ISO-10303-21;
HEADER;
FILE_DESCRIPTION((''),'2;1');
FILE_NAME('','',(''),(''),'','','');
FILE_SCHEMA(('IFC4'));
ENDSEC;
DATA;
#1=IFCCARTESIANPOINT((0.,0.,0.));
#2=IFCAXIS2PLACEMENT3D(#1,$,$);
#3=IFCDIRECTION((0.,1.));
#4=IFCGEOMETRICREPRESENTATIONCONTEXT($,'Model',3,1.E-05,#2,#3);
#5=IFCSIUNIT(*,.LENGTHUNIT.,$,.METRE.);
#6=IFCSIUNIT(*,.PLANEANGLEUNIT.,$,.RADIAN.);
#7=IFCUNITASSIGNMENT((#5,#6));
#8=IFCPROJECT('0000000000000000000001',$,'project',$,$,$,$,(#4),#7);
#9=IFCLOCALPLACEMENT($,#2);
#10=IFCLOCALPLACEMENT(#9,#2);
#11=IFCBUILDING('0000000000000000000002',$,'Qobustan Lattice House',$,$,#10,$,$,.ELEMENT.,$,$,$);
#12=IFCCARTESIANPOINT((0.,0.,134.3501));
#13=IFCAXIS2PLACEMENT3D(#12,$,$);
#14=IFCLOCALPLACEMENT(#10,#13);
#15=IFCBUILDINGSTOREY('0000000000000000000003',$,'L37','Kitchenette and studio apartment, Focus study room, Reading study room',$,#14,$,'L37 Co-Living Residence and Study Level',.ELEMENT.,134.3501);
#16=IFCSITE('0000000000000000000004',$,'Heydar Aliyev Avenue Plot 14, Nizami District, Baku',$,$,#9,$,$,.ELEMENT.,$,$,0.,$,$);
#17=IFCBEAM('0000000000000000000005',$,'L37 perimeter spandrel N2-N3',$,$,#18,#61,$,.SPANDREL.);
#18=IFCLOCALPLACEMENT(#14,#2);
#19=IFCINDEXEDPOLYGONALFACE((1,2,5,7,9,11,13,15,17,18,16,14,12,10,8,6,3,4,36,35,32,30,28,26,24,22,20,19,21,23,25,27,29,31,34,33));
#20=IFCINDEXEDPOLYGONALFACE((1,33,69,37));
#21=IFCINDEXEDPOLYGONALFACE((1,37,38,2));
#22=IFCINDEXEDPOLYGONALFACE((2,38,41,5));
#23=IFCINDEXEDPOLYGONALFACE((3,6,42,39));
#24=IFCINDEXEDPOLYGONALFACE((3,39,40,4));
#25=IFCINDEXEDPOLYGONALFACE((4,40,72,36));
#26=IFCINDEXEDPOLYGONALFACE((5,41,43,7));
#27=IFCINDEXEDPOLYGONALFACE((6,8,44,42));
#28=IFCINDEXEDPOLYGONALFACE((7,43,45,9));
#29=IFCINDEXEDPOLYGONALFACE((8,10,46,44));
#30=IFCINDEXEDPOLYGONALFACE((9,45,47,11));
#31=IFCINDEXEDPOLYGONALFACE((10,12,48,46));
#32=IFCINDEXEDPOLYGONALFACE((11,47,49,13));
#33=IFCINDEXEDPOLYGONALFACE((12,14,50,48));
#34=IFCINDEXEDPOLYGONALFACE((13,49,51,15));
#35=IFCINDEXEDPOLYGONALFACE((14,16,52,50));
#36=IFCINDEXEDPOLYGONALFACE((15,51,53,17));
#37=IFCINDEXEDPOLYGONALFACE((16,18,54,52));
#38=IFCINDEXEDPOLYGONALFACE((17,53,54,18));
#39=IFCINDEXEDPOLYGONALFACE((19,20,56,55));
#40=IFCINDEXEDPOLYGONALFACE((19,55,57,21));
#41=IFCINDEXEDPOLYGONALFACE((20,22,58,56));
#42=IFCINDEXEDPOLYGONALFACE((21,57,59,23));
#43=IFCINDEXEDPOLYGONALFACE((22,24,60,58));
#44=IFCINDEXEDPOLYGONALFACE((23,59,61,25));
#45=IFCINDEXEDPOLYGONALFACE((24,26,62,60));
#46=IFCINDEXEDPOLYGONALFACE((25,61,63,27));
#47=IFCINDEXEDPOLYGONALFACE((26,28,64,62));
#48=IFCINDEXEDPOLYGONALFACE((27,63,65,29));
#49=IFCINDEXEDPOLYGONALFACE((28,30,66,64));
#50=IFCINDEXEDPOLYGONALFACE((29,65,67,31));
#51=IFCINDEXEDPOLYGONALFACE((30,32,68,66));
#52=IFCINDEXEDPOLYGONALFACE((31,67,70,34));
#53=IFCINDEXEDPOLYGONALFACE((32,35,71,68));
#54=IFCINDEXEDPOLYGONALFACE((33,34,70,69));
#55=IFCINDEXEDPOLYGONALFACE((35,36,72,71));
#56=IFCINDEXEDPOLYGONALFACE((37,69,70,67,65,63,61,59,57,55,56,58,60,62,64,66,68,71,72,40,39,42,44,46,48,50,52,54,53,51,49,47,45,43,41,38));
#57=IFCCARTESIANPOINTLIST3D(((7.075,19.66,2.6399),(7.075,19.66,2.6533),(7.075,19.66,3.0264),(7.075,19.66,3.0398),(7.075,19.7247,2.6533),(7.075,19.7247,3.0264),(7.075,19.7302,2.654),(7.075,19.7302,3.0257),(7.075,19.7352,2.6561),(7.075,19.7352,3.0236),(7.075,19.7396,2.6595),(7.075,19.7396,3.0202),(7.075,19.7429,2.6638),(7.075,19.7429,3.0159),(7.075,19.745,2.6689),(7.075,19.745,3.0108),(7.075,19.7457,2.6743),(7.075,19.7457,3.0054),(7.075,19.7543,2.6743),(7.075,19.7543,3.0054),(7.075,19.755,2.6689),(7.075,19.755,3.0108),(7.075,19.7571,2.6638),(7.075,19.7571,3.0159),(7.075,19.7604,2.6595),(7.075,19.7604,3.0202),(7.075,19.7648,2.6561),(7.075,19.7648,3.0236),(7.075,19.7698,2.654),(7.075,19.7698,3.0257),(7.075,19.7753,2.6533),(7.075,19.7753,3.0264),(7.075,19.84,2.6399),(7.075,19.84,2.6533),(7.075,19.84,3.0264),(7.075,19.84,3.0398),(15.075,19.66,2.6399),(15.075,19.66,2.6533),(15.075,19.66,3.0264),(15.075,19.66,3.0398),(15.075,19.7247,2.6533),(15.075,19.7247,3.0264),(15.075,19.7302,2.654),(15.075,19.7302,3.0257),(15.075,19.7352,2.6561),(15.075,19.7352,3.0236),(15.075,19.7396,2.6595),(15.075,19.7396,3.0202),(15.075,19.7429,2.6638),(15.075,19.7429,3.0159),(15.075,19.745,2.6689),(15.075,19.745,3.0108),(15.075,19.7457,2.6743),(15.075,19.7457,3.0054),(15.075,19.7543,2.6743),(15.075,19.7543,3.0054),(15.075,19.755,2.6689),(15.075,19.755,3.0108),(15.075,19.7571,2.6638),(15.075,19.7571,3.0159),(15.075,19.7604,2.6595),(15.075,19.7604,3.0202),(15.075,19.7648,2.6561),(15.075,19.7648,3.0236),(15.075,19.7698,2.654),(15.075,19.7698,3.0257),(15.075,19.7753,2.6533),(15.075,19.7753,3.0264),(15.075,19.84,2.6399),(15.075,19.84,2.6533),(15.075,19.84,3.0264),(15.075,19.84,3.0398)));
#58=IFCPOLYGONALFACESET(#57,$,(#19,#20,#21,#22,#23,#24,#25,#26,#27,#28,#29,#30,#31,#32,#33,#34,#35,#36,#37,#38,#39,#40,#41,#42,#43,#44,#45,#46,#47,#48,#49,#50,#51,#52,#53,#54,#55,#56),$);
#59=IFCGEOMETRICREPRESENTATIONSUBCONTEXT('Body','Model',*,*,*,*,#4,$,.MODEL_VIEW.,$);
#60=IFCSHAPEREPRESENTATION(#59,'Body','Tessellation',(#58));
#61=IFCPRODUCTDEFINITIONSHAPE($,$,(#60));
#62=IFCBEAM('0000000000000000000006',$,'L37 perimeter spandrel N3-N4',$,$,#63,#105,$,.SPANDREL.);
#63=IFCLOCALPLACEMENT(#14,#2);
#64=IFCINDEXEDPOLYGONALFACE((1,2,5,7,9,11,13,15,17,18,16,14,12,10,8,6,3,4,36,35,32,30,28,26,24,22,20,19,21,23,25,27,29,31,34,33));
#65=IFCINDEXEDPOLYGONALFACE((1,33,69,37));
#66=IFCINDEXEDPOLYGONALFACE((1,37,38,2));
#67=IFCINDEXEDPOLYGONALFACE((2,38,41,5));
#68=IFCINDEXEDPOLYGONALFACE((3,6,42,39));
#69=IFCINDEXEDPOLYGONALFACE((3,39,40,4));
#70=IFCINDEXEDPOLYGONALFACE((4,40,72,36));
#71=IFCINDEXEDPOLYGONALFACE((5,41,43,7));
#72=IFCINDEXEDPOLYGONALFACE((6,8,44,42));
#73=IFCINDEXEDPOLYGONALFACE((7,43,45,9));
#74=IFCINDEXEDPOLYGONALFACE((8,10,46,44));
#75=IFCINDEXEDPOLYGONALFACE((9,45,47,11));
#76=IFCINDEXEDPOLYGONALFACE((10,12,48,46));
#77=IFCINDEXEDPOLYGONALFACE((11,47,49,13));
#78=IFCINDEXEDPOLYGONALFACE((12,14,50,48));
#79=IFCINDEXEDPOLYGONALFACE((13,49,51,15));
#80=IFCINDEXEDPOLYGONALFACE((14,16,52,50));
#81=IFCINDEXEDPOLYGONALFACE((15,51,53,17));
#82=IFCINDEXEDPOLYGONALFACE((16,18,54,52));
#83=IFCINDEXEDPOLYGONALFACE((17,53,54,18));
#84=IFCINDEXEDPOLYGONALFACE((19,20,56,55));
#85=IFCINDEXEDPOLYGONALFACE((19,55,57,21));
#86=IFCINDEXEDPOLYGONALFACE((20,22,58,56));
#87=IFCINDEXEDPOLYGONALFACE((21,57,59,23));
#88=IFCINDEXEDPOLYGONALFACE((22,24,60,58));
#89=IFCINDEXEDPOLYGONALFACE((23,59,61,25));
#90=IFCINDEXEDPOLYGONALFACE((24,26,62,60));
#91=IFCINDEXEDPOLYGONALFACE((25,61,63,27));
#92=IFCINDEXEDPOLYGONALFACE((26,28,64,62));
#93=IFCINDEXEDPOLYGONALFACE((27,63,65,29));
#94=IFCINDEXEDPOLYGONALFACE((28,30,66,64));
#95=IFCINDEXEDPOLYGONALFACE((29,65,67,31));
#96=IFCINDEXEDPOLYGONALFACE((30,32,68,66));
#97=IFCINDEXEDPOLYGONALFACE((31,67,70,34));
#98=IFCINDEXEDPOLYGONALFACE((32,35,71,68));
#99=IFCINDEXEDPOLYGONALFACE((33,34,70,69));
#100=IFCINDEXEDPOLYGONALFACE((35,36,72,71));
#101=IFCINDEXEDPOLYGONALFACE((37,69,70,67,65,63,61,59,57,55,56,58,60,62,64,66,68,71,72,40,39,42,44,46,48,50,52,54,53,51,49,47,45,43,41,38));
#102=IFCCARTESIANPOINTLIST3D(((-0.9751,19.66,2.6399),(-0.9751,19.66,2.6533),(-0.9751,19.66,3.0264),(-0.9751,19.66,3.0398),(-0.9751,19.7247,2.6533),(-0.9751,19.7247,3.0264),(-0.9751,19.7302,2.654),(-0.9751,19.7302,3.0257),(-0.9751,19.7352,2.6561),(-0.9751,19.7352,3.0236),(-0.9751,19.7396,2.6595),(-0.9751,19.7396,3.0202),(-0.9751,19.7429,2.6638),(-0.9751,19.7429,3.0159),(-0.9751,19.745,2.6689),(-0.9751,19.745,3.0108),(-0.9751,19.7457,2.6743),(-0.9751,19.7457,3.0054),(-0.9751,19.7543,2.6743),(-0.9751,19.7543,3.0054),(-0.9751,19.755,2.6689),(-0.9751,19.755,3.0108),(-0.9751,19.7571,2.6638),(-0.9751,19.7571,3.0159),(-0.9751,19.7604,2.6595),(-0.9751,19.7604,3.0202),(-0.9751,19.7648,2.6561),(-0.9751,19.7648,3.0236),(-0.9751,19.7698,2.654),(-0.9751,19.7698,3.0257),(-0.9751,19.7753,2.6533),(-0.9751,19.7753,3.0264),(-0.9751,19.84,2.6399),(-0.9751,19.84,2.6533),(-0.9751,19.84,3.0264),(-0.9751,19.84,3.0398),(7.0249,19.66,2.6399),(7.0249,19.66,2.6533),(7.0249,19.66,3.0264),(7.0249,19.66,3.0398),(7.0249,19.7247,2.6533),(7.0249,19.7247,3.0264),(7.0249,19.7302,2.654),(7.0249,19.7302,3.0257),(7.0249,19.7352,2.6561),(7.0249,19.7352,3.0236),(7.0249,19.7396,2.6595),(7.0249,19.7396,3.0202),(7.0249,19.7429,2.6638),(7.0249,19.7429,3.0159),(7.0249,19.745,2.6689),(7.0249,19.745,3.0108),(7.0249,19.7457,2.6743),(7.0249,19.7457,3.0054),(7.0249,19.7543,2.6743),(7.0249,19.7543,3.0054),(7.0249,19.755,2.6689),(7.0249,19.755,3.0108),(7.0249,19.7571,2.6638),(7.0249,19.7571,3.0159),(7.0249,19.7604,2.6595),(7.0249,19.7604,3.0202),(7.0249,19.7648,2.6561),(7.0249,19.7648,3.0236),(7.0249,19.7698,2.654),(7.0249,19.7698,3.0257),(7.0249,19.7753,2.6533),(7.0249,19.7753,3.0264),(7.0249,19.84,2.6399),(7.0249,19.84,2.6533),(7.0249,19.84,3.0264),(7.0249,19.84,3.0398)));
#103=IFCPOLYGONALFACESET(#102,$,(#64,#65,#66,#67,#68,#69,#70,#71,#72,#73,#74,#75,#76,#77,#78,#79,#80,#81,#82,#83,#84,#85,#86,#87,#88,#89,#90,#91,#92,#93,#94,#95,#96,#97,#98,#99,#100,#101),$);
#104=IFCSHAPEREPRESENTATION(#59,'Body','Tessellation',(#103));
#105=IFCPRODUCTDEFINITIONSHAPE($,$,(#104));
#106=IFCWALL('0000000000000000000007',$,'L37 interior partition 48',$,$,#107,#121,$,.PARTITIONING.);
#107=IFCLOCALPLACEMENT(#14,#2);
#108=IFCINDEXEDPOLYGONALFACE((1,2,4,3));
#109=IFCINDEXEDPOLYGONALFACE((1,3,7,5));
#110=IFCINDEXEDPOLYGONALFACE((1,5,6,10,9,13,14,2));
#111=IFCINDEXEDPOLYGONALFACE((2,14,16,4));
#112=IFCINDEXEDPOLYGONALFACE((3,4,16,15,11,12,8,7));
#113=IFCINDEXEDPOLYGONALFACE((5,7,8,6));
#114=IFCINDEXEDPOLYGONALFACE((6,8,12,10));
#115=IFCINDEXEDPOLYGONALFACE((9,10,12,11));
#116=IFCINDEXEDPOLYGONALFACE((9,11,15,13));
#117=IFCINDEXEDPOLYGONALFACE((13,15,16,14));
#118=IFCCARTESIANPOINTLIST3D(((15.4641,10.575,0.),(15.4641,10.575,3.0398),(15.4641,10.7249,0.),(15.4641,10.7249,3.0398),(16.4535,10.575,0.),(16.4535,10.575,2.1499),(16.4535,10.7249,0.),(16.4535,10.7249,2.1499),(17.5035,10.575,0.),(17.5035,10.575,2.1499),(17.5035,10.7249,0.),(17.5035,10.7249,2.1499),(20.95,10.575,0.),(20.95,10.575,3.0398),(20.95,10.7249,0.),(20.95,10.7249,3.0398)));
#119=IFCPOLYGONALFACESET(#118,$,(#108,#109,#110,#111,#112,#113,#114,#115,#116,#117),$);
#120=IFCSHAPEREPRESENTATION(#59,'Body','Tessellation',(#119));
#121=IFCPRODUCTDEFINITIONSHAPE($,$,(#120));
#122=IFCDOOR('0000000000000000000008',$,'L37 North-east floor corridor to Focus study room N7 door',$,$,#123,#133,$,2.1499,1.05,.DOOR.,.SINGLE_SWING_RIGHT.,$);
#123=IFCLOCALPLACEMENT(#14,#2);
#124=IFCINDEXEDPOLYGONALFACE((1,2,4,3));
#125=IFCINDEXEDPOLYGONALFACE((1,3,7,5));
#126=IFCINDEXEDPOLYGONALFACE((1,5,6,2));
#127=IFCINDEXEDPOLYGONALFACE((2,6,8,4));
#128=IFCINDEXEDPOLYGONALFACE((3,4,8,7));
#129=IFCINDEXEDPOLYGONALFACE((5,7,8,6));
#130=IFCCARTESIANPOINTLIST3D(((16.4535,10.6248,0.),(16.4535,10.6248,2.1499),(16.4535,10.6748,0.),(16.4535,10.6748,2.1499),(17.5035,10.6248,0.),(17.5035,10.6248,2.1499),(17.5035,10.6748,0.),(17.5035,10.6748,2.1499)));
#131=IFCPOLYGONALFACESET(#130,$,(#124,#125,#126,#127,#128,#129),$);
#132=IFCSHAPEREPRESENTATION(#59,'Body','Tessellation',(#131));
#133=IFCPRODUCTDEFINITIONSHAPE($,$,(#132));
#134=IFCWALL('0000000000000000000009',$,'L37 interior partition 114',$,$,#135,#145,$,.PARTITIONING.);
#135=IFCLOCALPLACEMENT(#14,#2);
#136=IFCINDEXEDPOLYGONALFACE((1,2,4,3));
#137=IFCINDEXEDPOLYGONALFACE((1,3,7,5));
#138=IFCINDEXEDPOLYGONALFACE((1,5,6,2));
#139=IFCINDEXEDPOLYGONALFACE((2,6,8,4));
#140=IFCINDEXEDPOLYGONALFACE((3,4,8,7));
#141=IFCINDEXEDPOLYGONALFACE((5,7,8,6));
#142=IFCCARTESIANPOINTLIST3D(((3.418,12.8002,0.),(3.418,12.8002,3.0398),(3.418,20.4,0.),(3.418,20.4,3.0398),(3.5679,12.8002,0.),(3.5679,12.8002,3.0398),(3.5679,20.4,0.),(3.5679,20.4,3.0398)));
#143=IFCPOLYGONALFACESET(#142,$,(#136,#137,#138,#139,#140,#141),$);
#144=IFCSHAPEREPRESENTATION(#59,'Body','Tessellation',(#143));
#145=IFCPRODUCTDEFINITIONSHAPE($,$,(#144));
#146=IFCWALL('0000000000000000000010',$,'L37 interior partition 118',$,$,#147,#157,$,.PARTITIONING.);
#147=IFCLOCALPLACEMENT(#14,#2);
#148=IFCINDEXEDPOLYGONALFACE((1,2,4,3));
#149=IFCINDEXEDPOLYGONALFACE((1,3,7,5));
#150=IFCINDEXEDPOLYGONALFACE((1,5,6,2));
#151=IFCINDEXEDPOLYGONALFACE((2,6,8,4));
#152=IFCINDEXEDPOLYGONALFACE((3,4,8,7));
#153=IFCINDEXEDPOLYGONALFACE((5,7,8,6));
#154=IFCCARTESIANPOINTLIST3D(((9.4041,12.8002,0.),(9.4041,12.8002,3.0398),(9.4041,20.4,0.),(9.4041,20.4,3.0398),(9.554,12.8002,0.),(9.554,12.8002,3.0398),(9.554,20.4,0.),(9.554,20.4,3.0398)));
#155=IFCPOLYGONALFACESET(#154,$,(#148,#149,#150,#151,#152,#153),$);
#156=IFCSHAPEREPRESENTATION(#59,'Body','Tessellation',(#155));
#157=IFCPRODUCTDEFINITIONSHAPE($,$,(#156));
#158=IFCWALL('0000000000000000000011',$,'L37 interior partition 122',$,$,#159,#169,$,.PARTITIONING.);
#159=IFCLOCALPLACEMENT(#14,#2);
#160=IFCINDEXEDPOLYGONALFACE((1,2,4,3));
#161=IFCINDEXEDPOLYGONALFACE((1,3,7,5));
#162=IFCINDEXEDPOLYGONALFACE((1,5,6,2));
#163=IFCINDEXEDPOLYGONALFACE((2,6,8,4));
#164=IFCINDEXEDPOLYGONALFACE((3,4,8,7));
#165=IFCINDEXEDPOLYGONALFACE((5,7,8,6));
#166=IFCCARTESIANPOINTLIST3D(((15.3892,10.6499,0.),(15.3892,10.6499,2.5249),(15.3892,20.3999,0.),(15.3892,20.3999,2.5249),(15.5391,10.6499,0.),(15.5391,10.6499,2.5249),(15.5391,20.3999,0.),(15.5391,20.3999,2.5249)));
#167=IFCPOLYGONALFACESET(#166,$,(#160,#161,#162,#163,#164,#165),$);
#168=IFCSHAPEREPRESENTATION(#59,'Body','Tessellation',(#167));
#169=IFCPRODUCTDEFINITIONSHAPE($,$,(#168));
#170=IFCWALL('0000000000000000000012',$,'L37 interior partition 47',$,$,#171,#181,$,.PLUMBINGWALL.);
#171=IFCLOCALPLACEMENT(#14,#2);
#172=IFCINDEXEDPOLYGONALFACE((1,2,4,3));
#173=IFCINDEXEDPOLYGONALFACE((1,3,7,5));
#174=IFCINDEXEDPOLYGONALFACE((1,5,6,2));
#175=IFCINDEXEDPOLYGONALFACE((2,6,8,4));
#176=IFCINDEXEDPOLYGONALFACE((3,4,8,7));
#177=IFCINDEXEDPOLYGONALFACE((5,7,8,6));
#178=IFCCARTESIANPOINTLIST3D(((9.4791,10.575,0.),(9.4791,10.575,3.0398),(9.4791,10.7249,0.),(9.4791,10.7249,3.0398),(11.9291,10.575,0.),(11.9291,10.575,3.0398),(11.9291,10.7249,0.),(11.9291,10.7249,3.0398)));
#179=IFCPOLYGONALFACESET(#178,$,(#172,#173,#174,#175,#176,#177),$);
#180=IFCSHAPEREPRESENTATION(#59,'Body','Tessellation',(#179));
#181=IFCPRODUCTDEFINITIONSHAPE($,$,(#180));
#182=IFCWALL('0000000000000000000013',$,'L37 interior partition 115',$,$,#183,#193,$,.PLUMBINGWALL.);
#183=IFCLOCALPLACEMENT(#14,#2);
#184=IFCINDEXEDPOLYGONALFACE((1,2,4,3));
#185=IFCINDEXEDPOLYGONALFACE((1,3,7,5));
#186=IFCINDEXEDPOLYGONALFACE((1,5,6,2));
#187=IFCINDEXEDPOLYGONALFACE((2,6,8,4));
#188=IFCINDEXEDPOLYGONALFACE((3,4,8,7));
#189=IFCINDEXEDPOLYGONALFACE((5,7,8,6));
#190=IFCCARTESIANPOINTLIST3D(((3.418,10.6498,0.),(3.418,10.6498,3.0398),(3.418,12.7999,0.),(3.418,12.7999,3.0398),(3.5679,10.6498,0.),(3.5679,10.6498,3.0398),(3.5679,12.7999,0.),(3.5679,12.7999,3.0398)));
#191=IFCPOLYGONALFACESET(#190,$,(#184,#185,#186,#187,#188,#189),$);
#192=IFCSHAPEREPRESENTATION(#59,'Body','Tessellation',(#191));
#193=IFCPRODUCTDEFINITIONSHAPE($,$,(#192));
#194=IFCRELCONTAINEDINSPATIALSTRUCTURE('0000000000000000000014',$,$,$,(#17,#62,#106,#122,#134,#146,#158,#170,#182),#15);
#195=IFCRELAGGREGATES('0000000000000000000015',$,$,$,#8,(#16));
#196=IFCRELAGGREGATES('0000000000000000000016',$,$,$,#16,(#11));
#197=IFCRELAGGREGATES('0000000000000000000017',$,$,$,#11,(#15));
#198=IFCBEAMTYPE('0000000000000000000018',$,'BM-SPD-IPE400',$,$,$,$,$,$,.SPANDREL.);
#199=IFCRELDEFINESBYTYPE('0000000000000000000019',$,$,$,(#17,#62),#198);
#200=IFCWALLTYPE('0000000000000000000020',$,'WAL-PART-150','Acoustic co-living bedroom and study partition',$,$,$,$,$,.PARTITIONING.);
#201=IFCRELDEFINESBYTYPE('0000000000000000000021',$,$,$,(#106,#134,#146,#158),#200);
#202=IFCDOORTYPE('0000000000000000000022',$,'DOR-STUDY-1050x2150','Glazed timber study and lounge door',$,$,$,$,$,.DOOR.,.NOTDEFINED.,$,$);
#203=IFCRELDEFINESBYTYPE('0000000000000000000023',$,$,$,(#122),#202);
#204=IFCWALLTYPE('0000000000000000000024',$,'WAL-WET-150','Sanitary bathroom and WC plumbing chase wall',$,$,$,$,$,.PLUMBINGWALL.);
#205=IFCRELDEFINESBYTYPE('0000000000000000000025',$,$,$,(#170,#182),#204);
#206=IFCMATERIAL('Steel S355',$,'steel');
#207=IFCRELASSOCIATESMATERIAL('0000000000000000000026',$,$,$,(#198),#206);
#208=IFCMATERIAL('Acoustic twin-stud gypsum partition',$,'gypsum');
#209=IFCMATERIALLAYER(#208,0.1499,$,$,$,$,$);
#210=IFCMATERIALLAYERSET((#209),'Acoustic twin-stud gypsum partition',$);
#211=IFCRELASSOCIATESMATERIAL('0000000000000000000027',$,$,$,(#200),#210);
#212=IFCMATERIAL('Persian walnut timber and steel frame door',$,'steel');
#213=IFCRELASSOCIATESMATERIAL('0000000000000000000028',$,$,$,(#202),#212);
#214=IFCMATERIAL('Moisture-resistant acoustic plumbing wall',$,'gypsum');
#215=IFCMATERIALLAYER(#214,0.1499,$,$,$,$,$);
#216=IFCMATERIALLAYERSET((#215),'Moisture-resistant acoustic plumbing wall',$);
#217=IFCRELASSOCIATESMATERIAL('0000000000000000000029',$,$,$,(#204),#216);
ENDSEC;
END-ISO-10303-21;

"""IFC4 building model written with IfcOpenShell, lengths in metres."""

from ifc_helpers import new_model, si_unit, direction, frame, frame_2d, origin, origin_2d, place, context, subcontext, project, spatial, rectangle, i_section, extrude, material, layer, layer_set, material_profile, profile_set, type_object, element, fill, save


model = new_model("IFC4")

# Units and contexts
model_context = context("Model", 3, precision=1e-05, world=origin(), true_north=direction((0.0, 1.0)))
body_context = subcontext(model_context, "Body", "Model", "MODEL_VIEW")
ifc_project = project(units=[si_unit("LENGTHUNIT", "METRE"), si_unit("PLANEANGLEUNIT", "RADIAN")], contexts=[model_context])

# Site, building, storey
site_placement = place(None, origin())
site = spatial("IfcSite", under=ifc_project, at=site_placement, Name="Heydar Aliyev Avenue Plot 14, Nizami District, Baku", CompositionType="ELEMENT", RefElevation=0.0)
building_placement = place(site_placement, origin())
building = spatial("IfcBuilding", under=site, at=building_placement, Name="Qobustan Lattice House", CompositionType="ELEMENT")
storey_placement = place(building_placement, frame((0.0, 0.0, 134.3501)))
storey = spatial("IfcBuildingStorey", under=building, at=storey_placement, Name="L37", Description="Kitchenette and studio apartment, Focus study room, Reading study room", LongName="L37 Co-Living Residence and Study Level", CompositionType="ELEMENT", Elevation=134.3501)

# Beams
ifc_material_1 = material(Name="Steel S355", Category="steel")
ifc_material_profile_1 = material_profile(ifc_material_1, i_section(OverallWidth=0.1799, OverallDepth=0.3999, WebThickness=0.0085, FlangeThickness=0.0134, FilletRadius=0.021, at=origin_2d()), Name="IPE400")
ifc_profile_set_1 = profile_set([ifc_material_profile_1], Name="Steel S355")
beam_type_1 = type_object("IfcBeamType", Name="BM-SPD-IPE400", PredefinedType="SPANDREL", material=ifc_profile_set_1)
for number, where, z_axis, x_axis, name in (
    (1, (15.075, 19.75, 2.8398), (-1.0, 0.0, 0.0), (0.0, -1.0, 0.0), "L37 perimeter spandrel N2-N3"),
    (2, (7.0249, 19.75, 2.8398), (-1.0, 0.0, 0.0), (0.0, -1.0, 0.0), "L37 perimeter spandrel N3-N4"),
):
    element("IfcBeam", number, at=place(storey_placement, frame(where, z_axis=z_axis, x_axis=x_axis)), inside=storey, type_object=beam_type_1, Name=name, PredefinedType="SPANDREL", context=body_context, shape_type="SweptSolid", body=[
        extrude(i_section(OverallWidth=0.1799, OverallDepth=0.3999, WebThickness=0.0085, FlangeThickness=0.0134, FilletRadius=0.021, at=origin_2d()), origin(), (0.0, 0.0, 1.0), 8.0),
    ])

# Wall, opening, door
ifc_material_2 = material(Name="Acoustic twin-stud gypsum partition", Category="gypsum")
ifc_layer_1 = layer(ifc_material_2, 0.1499)
ifc_layer_set_1 = layer_set([ifc_layer_1], Name="Acoustic twin-stud gypsum partition")
wall_type_1 = type_object("IfcWallType", Name="WAL-PART-150", Description="Acoustic co-living bedroom and study partition", PredefinedType="PARTITIONING", material=ifc_layer_set_1)
wall_1_placement = place(storey_placement, frame((15.4641, 10.6499, 0.0), z_axis=(0.0, 0.0, 1.0), x_axis=(1.0, 0.0, 0.0)))
wall_1 = element("IfcWall", 3, at=wall_1_placement, inside=storey, type_object=wall_type_1, Name="L37 interior partition 48", PredefinedType="PARTITIONING", context=body_context, shape_type="SweptSolid", body=[
    extrude(rectangle(XDim=5.4858, YDim=0.1499, at=frame_2d((2.7429, 0.0))), origin(), (0.0, 0.0, 1.0), 3.0398),
])
opening_1_placement = place(wall_1_placement, frame((0.9895, 0.0, 0.0)))
opening_1 = element("IfcOpeningElement", 4, at=opening_1_placement, cuts=wall_1, PredefinedType="OPENING", context=body_context, shape_type="SweptSolid", body=[
    extrude(rectangle(XDim=1.05, YDim=2.1499, at=frame_2d((0.5249, 1.075))), frame((0.0, 0.085, 0.0), z_axis=(0.0, -1.0, 0.0), x_axis=(1.0, 0.0, 0.0)), (0.0, 0.0, 1.0), 0.1699),
])
ifc_material_3 = material(Name="Persian walnut timber and steel frame door", Category="steel")
door_type_1 = type_object("IfcDoorType", Name="DOR-STUDY-1050x2150", Description="Glazed timber study and lounge door", OperationType="NOTDEFINED", PredefinedType="DOOR", material=ifc_material_3)
door_1_placement = place(opening_1_placement, origin())
door_1 = element("IfcDoor", 5, at=door_1_placement, inside=storey, type_object=door_type_1, Name="L37 North-east floor corridor to Focus study room N7 door", OperationType="SINGLE_SWING_RIGHT", OverallHeight=2.1499, OverallWidth=1.05, PredefinedType="DOOR", context=body_context, shape_type="SweptSolid", body=[
    extrude(rectangle(XDim=1.05, YDim=2.1499, at=frame_2d((0.5249, 1.075))), frame((0.0, 0.0249, 0.0), z_axis=(0.0, -1.0, 0.0), x_axis=(1.0, 0.0, 0.0)), (0.0, 0.0, 1.0), 0.05),
])
fill(opening_1, door_1)

# Walls
for number, where, z_axis, x_axis, name in (
    (6, (3.4929, 20.3999, 0.0), (0.0, 0.0, 1.0), (0.0, -1.0, 0.0), "L37 interior partition 114"),
    (7, (9.479, 20.3999, 0.0), (0.0, 0.0, 1.0), (0.0, -1.0, 0.0), "L37 interior partition 118"),
):
    element("IfcWall", number, at=place(storey_placement, frame(where, z_axis=z_axis, x_axis=x_axis)), inside=storey, type_object=wall_type_1, Name=name, PredefinedType="PARTITIONING", context=body_context, shape_type="SweptSolid", body=[
        extrude(rectangle(XDim=7.5999, YDim=0.1499, at=frame_2d((3.7998, 0.0))), origin(), (0.0, 0.0, 1.0), 3.0398),
    ])
wall_2_placement = place(storey_placement, frame((15.4641, 20.3999, 0.0), z_axis=(0.0, 0.0, 1.0), x_axis=(0.0, -1.0, 0.0)))
element("IfcWall", 8, at=wall_2_placement, inside=storey, type_object=wall_type_1, Name="L37 interior partition 122", PredefinedType="PARTITIONING", context=body_context, shape_type="SweptSolid", body=[
    extrude(rectangle(XDim=9.75, YDim=0.1499, at=frame_2d((4.875, 0.0))), origin(), (0.0, 0.0, 1.0), 2.5249),
])
ifc_material_4 = material(Name="Moisture-resistant acoustic plumbing wall", Category="gypsum")
ifc_layer_2 = layer(ifc_material_4, 0.1499)
ifc_layer_set_2 = layer_set([ifc_layer_2], Name="Moisture-resistant acoustic plumbing wall")
wall_type_2 = type_object("IfcWallType", Name="WAL-WET-150", Description="Sanitary bathroom and WC plumbing chase wall", PredefinedType="PLUMBINGWALL", material=ifc_layer_set_2)
wall_3_placement = place(storey_placement, frame((9.479, 10.6499, 0.0), z_axis=(0.0, 0.0, 1.0), x_axis=(1.0, 0.0, 0.0)))
element("IfcWall", 9, at=wall_3_placement, inside=storey, type_object=wall_type_2, Name="L37 interior partition 47", PredefinedType="PLUMBINGWALL", context=body_context, shape_type="SweptSolid", body=[
    extrude(rectangle(XDim=2.45, YDim=0.1499, at=frame_2d((1.2251, 0.0))), origin(), (0.0, 0.0, 1.0), 3.0398),
])
wall_4_placement = place(storey_placement, frame((3.4929, 12.8, 0.0), z_axis=(0.0, 0.0, 1.0), x_axis=(0.0, -1.0, 0.0)))
element("IfcWall", 10, at=wall_4_placement, inside=storey, type_object=wall_type_2, Name="L37 interior partition 115", PredefinedType="PLUMBINGWALL", context=body_context, shape_type="SweptSolid", body=[
    extrude(rectangle(XDim=2.1501, YDim=0.1499, at=frame_2d((1.0752, 0.0))), origin(), (0.0, 0.0, 1.0), 3.0398),
])

save(model, "model.ifc")
